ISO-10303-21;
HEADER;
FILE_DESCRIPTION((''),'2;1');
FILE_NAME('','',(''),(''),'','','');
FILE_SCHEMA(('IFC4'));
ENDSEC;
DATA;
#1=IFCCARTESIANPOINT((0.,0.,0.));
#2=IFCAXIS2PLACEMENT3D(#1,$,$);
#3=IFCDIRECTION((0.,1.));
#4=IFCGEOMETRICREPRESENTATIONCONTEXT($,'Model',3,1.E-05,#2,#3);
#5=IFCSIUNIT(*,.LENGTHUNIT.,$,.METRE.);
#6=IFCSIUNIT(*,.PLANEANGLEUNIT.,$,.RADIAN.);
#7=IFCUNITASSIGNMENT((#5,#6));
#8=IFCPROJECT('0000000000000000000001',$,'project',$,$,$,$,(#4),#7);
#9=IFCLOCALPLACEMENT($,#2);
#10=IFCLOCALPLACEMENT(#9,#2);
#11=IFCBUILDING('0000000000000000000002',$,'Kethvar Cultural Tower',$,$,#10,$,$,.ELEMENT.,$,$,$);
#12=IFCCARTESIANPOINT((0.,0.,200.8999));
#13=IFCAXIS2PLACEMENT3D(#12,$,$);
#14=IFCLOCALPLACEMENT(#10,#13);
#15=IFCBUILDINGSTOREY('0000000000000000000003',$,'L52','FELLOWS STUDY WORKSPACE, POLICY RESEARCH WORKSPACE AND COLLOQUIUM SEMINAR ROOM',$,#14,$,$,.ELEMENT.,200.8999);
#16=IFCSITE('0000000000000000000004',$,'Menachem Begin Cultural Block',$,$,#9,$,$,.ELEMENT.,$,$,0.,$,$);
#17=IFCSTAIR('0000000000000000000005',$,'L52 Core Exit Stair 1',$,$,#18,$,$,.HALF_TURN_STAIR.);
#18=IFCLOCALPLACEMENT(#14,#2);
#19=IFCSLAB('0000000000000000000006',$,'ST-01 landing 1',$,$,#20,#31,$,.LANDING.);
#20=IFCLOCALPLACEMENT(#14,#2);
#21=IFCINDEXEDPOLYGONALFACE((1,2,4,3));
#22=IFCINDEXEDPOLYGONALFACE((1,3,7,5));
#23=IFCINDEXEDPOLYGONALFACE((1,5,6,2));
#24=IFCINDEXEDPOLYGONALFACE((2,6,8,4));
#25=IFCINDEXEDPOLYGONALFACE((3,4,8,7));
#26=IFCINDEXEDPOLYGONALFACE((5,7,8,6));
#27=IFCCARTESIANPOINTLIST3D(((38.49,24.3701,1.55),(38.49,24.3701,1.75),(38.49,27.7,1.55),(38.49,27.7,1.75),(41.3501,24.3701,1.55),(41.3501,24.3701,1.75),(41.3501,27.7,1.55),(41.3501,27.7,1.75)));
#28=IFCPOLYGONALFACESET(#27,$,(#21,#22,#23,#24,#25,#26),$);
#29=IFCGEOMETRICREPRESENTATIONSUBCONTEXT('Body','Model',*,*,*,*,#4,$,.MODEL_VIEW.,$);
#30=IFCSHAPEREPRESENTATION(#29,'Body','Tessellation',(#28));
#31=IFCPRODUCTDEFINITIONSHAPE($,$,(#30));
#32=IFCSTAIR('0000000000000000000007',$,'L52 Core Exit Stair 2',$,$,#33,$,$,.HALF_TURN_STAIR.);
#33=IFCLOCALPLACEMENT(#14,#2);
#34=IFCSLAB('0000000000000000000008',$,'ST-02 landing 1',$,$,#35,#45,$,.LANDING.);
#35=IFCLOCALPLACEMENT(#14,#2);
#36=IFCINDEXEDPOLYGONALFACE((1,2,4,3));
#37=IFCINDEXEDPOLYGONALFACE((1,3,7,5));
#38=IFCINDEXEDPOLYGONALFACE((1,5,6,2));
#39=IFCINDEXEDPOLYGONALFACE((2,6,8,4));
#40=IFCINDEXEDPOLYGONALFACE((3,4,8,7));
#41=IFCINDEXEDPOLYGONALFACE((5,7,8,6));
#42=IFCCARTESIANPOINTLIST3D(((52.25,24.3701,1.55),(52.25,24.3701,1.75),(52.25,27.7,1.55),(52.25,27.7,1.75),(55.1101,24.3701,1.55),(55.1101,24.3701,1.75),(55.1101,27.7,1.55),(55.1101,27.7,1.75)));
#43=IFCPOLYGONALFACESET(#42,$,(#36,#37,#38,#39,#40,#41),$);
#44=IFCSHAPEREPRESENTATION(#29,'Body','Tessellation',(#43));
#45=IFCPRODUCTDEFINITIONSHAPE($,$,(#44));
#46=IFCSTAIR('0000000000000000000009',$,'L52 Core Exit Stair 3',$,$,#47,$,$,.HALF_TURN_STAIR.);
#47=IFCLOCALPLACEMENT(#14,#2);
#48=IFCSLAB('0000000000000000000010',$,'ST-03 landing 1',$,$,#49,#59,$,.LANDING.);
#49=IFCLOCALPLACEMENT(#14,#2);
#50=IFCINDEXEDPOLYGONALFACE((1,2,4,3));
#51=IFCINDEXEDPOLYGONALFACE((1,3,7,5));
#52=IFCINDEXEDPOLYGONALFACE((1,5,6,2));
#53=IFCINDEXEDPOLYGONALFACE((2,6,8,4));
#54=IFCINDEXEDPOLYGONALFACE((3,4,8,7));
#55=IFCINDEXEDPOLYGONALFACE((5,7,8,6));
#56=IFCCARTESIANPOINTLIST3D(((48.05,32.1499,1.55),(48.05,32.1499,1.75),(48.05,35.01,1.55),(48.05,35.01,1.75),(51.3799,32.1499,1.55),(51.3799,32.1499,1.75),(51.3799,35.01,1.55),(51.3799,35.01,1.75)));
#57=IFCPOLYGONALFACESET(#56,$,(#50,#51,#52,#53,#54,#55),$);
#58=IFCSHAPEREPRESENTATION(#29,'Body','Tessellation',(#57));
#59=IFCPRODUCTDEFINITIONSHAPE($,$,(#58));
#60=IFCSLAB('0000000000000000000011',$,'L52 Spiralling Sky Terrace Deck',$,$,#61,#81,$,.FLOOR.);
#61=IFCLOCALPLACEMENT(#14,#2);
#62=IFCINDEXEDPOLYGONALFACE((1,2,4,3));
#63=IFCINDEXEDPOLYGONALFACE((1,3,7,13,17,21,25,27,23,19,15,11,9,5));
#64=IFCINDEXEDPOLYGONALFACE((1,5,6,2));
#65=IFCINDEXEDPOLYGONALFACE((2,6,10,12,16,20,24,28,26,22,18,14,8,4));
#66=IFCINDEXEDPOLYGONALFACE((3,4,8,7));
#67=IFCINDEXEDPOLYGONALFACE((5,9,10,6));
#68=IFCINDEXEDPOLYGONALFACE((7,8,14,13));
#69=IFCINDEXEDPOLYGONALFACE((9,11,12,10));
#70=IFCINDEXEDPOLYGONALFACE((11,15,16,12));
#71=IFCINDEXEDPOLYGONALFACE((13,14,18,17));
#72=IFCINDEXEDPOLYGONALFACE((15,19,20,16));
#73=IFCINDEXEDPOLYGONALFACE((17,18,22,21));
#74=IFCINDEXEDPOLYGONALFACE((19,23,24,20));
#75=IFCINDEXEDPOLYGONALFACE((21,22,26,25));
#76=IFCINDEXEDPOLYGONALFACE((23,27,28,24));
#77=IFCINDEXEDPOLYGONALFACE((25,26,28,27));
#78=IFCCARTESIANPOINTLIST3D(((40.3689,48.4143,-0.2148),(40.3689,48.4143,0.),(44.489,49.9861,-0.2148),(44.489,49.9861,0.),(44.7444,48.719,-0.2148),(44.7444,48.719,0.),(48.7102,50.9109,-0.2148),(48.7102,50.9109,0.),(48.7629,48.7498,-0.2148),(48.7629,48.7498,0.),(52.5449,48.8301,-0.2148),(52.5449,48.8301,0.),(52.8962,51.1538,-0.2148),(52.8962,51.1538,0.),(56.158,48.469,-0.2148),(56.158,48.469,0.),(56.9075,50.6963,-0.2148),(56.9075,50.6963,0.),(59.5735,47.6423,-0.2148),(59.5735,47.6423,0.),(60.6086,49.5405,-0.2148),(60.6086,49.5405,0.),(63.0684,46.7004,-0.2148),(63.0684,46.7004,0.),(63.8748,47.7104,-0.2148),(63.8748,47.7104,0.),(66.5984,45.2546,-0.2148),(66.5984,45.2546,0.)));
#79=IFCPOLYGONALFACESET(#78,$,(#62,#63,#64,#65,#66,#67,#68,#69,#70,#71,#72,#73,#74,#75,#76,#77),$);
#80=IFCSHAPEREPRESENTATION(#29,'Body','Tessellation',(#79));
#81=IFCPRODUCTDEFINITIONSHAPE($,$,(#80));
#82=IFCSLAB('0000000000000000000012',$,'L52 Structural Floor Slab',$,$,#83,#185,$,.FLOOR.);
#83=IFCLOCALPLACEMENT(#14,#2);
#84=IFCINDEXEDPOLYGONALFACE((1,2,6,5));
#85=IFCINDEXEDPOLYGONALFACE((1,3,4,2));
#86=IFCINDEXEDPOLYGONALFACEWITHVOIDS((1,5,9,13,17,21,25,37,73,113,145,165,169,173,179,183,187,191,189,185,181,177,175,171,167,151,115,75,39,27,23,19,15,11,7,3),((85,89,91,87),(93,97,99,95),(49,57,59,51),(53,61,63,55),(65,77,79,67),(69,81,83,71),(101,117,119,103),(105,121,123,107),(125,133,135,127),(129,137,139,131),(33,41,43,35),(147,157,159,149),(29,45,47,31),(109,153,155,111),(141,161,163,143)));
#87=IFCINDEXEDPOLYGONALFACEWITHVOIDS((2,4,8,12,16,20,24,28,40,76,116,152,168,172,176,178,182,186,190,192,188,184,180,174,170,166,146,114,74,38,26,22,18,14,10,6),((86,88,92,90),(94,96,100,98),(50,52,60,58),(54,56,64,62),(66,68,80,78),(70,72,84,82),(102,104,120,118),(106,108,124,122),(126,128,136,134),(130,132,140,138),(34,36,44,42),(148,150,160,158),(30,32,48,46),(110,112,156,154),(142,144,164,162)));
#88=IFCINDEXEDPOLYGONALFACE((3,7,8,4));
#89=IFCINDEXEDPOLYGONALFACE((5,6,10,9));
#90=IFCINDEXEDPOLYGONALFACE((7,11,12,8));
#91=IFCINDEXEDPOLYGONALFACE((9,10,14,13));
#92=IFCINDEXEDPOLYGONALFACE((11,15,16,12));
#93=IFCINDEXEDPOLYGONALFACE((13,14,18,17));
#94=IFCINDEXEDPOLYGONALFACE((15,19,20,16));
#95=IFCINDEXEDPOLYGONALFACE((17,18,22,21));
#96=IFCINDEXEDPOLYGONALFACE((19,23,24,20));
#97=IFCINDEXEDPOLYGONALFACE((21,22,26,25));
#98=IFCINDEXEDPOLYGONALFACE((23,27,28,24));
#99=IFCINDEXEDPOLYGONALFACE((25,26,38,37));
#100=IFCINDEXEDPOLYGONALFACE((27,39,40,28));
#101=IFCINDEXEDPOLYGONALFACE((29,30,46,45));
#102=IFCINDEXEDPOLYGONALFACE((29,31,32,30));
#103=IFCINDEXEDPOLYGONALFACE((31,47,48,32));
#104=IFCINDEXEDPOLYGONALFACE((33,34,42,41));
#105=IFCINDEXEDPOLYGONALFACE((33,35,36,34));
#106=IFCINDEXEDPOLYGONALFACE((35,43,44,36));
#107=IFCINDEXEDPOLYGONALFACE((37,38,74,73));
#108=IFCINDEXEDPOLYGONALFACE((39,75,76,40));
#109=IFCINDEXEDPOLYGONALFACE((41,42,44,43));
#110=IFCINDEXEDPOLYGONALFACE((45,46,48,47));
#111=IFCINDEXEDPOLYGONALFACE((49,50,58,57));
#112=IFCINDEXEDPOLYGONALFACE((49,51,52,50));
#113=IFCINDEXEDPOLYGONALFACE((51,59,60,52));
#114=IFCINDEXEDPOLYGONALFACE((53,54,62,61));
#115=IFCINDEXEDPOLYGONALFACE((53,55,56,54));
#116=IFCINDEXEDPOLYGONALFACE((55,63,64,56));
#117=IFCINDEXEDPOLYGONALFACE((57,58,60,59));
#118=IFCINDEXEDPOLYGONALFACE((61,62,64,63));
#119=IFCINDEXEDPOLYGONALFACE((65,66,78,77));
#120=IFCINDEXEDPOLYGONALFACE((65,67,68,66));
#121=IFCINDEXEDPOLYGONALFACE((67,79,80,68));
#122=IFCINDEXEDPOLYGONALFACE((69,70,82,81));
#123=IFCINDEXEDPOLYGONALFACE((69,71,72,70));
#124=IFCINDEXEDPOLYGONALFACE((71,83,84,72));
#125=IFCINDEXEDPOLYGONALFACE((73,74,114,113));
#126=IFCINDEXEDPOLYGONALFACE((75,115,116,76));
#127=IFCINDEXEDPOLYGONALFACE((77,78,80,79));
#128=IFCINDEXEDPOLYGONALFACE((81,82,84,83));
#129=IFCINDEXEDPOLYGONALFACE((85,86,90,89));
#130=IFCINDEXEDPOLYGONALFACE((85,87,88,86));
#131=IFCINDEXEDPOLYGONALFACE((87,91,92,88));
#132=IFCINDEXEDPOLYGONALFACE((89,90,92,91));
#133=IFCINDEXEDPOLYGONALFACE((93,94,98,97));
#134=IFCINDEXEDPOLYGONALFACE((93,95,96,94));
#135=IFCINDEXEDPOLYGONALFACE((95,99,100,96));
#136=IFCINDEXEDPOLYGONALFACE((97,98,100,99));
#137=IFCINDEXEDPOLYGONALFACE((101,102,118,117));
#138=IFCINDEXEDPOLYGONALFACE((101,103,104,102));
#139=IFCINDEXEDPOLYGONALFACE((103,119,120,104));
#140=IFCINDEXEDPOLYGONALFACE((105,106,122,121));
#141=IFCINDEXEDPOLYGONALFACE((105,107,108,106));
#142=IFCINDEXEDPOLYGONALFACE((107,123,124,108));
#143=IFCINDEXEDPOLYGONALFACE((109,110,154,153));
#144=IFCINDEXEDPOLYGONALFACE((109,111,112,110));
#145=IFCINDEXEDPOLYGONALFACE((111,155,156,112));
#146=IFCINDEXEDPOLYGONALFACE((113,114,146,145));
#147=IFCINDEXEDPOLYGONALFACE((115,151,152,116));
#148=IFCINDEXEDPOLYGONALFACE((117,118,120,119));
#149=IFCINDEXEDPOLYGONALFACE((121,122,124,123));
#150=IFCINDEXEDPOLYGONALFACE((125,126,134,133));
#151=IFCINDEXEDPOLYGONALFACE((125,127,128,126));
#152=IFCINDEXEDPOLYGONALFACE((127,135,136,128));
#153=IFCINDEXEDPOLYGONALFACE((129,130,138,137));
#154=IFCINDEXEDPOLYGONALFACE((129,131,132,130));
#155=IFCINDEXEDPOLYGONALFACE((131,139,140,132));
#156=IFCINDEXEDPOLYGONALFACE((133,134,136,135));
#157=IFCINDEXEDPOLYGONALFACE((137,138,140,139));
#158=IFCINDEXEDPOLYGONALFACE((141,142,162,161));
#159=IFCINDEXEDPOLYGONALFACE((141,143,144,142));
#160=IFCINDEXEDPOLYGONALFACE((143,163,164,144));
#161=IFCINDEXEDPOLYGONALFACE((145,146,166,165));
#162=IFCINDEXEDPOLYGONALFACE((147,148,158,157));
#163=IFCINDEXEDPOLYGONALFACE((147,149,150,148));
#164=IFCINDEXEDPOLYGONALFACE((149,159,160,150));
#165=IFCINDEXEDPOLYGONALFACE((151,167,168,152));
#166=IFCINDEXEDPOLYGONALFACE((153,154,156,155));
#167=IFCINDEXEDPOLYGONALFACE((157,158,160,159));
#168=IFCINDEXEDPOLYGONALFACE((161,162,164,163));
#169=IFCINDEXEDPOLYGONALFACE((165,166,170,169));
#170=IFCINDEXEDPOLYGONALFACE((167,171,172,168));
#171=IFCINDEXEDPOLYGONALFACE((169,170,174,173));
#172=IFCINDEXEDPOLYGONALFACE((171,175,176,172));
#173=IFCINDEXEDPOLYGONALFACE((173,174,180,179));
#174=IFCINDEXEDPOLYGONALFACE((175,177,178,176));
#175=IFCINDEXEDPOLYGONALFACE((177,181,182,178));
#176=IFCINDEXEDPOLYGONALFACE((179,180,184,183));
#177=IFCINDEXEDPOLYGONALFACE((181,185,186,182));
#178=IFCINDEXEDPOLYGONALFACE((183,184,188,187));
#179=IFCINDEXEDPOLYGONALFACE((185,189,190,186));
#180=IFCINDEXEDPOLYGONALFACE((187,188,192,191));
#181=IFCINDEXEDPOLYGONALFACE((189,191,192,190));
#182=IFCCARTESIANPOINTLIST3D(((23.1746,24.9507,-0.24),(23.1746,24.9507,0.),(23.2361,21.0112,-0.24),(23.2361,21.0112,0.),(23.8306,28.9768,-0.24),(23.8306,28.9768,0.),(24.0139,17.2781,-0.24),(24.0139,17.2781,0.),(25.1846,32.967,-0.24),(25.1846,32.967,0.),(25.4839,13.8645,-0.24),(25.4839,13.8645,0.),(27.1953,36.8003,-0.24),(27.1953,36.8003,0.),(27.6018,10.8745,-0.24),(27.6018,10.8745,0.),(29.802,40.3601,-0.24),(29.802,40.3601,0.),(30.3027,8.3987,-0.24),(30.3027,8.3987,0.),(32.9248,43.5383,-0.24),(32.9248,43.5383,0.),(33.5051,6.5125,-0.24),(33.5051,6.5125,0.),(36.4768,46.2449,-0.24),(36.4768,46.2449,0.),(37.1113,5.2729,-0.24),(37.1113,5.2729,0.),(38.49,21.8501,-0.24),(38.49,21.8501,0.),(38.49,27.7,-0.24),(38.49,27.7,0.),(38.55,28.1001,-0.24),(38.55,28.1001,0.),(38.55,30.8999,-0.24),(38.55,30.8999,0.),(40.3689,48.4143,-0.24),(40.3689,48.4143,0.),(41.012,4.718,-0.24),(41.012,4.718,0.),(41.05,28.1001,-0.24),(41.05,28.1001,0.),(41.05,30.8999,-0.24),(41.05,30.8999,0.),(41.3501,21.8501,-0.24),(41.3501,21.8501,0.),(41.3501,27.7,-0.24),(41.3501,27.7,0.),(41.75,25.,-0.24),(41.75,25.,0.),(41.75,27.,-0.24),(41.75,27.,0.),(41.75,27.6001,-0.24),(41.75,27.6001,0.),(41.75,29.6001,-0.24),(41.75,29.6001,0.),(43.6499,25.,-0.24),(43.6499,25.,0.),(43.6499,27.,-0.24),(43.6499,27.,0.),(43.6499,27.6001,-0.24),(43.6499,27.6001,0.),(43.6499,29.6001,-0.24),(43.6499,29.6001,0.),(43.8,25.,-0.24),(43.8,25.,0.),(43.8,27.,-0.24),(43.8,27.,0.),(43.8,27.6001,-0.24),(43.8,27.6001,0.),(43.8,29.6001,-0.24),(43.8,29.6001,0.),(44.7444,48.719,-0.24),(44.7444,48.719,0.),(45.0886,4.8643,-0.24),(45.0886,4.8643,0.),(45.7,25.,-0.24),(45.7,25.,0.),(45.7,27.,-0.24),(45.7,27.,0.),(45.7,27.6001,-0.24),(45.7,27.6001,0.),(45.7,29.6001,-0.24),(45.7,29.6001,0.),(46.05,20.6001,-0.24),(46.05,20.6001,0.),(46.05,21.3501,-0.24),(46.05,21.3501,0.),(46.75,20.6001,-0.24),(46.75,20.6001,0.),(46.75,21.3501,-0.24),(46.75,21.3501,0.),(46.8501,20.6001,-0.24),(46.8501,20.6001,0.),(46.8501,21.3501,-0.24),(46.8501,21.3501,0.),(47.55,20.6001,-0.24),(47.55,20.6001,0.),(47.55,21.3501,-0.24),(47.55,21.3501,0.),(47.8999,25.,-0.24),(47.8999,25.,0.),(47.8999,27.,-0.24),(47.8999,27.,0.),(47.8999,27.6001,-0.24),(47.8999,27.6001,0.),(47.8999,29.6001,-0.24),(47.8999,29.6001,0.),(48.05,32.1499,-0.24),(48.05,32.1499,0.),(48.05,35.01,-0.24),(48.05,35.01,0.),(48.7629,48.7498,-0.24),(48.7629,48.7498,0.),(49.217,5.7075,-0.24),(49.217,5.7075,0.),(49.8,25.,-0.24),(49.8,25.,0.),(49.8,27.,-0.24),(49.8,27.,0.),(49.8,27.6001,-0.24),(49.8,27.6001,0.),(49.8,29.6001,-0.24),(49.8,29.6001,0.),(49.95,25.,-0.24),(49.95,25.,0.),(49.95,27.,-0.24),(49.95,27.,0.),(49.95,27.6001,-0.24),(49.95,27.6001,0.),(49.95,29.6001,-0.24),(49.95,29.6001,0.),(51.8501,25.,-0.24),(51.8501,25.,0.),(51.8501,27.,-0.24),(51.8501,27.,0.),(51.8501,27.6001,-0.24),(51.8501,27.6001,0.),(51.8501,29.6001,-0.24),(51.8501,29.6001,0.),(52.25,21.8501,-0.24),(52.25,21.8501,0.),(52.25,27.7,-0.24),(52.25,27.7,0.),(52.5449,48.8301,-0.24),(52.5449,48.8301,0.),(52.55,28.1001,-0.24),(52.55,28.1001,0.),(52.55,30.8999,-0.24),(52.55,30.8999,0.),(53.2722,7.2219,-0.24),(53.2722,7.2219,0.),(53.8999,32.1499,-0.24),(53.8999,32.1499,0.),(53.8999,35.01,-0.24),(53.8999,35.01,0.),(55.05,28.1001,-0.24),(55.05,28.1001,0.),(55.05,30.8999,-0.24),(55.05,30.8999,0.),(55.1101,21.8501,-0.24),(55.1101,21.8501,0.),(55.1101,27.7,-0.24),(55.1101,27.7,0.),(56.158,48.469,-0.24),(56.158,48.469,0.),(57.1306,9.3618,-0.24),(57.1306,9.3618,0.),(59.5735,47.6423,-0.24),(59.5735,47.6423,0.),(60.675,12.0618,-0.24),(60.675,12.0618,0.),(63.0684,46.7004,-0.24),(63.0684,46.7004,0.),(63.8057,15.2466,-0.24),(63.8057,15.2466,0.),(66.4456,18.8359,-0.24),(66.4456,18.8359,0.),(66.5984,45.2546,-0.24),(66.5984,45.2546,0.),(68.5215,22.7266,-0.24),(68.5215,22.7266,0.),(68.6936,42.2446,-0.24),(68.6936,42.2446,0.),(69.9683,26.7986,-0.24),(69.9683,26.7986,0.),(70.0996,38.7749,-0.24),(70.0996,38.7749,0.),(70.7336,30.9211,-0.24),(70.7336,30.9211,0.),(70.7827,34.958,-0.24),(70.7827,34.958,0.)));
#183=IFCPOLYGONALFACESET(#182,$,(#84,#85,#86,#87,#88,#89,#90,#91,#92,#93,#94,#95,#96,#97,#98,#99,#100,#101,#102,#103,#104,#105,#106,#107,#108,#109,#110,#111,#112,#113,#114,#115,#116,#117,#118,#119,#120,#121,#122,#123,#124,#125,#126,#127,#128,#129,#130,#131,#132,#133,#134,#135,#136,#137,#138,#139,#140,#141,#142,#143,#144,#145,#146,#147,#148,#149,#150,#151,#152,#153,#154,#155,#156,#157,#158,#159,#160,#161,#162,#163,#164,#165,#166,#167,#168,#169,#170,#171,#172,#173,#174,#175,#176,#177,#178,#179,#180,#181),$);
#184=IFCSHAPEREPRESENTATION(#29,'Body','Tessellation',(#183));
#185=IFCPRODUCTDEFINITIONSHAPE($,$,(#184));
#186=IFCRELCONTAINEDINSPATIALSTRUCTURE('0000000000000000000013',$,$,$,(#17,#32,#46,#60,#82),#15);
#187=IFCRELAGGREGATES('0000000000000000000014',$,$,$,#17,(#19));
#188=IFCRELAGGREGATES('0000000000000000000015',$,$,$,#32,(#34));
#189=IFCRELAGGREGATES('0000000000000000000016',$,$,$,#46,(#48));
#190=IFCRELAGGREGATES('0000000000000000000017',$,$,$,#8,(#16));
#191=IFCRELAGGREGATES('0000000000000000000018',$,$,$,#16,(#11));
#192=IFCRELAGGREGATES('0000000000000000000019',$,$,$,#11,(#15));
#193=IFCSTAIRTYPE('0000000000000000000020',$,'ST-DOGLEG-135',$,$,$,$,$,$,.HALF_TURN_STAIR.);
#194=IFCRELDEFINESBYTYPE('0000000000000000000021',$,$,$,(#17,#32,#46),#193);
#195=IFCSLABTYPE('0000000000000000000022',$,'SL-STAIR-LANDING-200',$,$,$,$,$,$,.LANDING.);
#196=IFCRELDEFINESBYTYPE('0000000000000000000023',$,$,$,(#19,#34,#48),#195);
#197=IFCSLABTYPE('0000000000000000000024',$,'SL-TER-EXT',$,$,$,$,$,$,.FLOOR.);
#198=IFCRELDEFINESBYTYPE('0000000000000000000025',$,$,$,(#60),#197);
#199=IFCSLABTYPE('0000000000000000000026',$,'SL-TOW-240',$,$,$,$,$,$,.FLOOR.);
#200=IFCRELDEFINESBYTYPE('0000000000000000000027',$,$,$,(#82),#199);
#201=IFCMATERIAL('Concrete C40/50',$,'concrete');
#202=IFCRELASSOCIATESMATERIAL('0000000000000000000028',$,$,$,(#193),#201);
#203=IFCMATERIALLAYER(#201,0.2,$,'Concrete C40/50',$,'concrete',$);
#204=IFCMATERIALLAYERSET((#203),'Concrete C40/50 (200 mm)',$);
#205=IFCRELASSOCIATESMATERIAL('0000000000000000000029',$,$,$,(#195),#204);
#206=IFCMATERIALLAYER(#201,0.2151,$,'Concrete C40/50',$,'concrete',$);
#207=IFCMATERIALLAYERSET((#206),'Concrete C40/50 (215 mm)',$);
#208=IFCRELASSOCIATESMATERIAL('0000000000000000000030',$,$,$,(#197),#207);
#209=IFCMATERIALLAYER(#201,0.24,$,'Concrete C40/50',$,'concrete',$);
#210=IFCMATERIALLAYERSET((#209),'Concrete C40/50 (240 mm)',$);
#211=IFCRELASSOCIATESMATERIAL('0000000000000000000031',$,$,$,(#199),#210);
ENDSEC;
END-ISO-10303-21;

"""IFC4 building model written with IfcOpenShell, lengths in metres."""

from ifc_helpers import new_model, si_unit, direction, frame, origin, place, context, subcontext, project, spatial, polyline, outline, extrude, material, layer, layer_set, type_object, element, aggregate, save


model = new_model("IFC4")

# Units and contexts
model_context = context("Model", 3, precision=1e-05, world=origin(), true_north=direction((0.0, 1.0)))
body_context = subcontext(model_context, "Body", "Model", "MODEL_VIEW")
ifc_project = project(units=[si_unit("LENGTHUNIT", "METRE"), si_unit("PLANEANGLEUNIT", "RADIAN")], contexts=[model_context])

# Site, building, storey
site_placement = place(None, origin())
site = spatial("IfcSite", under=ifc_project, at=site_placement, Name="Menachem Begin Cultural Block", CompositionType="ELEMENT", RefElevation=0.0)
building_placement = place(site_placement, origin())
building = spatial("IfcBuilding", under=site, at=building_placement, Name="Kethvar Cultural Tower", CompositionType="ELEMENT")
storey_placement = place(building_placement, frame((0.0, 0.0, 200.8999)))
storey = spatial("IfcBuildingStorey", under=building, at=storey_placement, Name="L52", Description="FELLOWS STUDY WORKSPACE, POLICY RESEARCH WORKSPACE AND COLLOQUIUM SEMINAR ROOM", CompositionType="ELEMENT", Elevation=200.8999)

# Stairs, slabs
ifc_material_1 = material(Name="Concrete C40/50", Category="concrete")
stair_type = type_object("IfcStairType", Name="ST-DOGLEG-135", PredefinedType="HALF_TURN_STAIR", material=ifc_material_1)
stair_1_placement = place(storey_placement, origin())
stair_1 = element("IfcStair", 1, at=stair_1_placement, inside=storey, type_object=stair_type, Name="L52 Core Exit Stair 1", PredefinedType="HALF_TURN_STAIR")
ifc_layer_1 = layer(ifc_material_1, 0.2, Name="Concrete C40/50", Category="concrete")
ifc_layer_set_1 = layer_set([ifc_layer_1], Name="Concrete C40/50 (200 mm)")
slab_type_1 = type_object("IfcSlabType", Name="SL-STAIR-LANDING-200", PredefinedType="LANDING", material=ifc_layer_set_1)
slab_1_placement = place(storey_placement, frame((0.0, 0.0, 1.55)))
slab_1 = element("IfcSlab", 2, at=slab_1_placement, type_object=slab_type_1, Name="ST-01 landing 1", PredefinedType="LANDING", context=body_context, shape_type="SweptSolid", body=[
    extrude(outline(polyline([(41.3501, 24.3701), (41.3501, 27.7), (38.49, 27.7), (38.49, 24.3701), (41.3501, 24.3701)])), origin(), (0.0, 0.0, 1.0), 0.2),
])
aggregate(stair_1, [slab_1])
stair_2_placement = place(storey_placement, origin())
stair_2 = element("IfcStair", 3, at=stair_2_placement, inside=storey, type_object=stair_type, Name="L52 Core Exit Stair 2", PredefinedType="HALF_TURN_STAIR")
slab_2_placement = place(storey_placement, frame((0.0, 0.0, 1.55)))
slab_2 = element("IfcSlab", 4, at=slab_2_placement, type_object=slab_type_1, Name="ST-02 landing 1", PredefinedType="LANDING", context=body_context, shape_type="SweptSolid", body=[
    extrude(outline(polyline([(55.1101, 24.3701), (55.1101, 27.7), (52.25, 27.7), (52.25, 24.3701), (55.1101, 24.3701)])), origin(), (0.0, 0.0, 1.0), 0.2),
])
aggregate(stair_2, [slab_2])
stair_3_placement = place(storey_placement, origin())
stair_3 = element("IfcStair", 5, at=stair_3_placement, inside=storey, type_object=stair_type, Name="L52 Core Exit Stair 3", PredefinedType="HALF_TURN_STAIR")
slab_3_placement = place(storey_placement, frame((0.0, 0.0, 1.55)))
slab_3 = element("IfcSlab", 6, at=slab_3_placement, type_object=slab_type_1, Name="ST-03 landing 1", PredefinedType="LANDING", context=body_context, shape_type="SweptSolid", body=[
    extrude(outline(polyline([(51.3799, 35.01), (48.05, 35.01), (48.05, 32.1499), (51.3799, 32.1499), (51.3799, 35.01)])), origin(), (0.0, 0.0, 1.0), 0.2),
])
aggregate(stair_3, [slab_3])

# Slabs
ifc_layer_2 = layer(ifc_material_1, 0.2151, Name="Concrete C40/50", Category="concrete")
ifc_layer_set_2 = layer_set([ifc_layer_2], Name="Concrete C40/50 (215 mm)")
slab_type_2 = type_object("IfcSlabType", Name="SL-TER-EXT", PredefinedType="FLOOR", material=ifc_layer_set_2)
slab_4_placement = place(storey_placement, frame((0.0, 0.0, -0.2148)))
element("IfcSlab", 7, at=slab_4_placement, inside=storey, type_object=slab_type_2, Name="L52 Spiralling Sky Terrace Deck", PredefinedType="FLOOR", context=body_context, shape_type="SweptSolid", body=[
    extrude(outline(polyline([(66.5984, 45.2546), (63.8748, 47.7104), (60.6086, 49.5405), (56.9075, 50.6963), (52.8962, 51.1538), (48.7102, 50.9109), (44.489, 49.9861), (40.3689, 48.4143), (44.7444, 48.719), (48.7629, 48.7498), (52.5449, 48.8301), (56.158, 48.469), (59.5735, 47.6423), (63.0684, 46.7004), (66.5984, 45.2546)])), origin(), (0.0, 0.0, 1.0), 0.2148),
])
ifc_layer_3 = layer(ifc_material_1, 0.24, Name="Concrete C40/50", Category="concrete")
ifc_layer_set_3 = layer_set([ifc_layer_3], Name="Concrete C40/50 (240 mm)")
slab_type_3 = type_object("IfcSlabType", Name="SL-TOW-240", PredefinedType="FLOOR", material=ifc_layer_set_3)
slab_5_placement = place(storey_placement, frame((0.0, 0.0, -0.24)))
element("IfcSlab", 8, at=slab_5_placement, inside=storey, type_object=slab_type_3, Name="L52 Structural Floor Slab", PredefinedType="FLOOR", context=body_context, shape_type="SweptSolid", body=[
    extrude(outline(polyline([(66.5984, 45.2546), (63.0684, 46.7004), (59.5735, 47.6423), (56.158, 48.469), (52.5449, 48.8301), (48.7629, 48.7498), (44.7444, 48.719), (40.3689, 48.4143), (36.4768, 46.2449), (32.9248, 43.5383), (29.802, 40.3601), (27.1953, 36.8003), (25.1846, 32.967), (23.8306, 28.9768), (23.1746, 24.9507), (23.2361, 21.0112), (24.0139, 17.2781), (25.4839, 13.8645), (27.6018, 10.8745), (30.3027, 8.3987), (33.5051, 6.5125), (37.1113, 5.2729), (41.012, 4.718), (45.0886, 4.8643), (49.217, 5.7075), (53.2722, 7.2219), (57.1306, 9.3618), (60.675, 12.0618), (63.8057, 15.2466), (66.4456, 18.8359), (68.5215, 22.7266), (69.9683, 26.7986), (70.7336, 30.9211), (70.7827, 34.958), (70.0996, 38.7749), (68.6936, 42.2446), (66.5984, 45.2546)]), holes=[polyline([(38.49, 21.8501), (38.49, 27.7), (41.3501, 27.7), (41.3501, 21.8501), (38.49, 21.8501)]), polyline([(52.25, 21.8501), (52.25, 27.7), (55.1101, 27.7), (55.1101, 21.8501), (52.25, 21.8501)]), polyline([(53.8999, 32.1499), (48.05, 32.1499), (48.05, 35.01), (53.8999, 35.01), (53.8999, 32.1499)]), polyline([(41.75, 27.0), (43.6499, 27.0), (43.6499, 25.0), (41.75, 25.0), (41.75, 27.0)]), polyline([(43.8, 27.0), (45.7, 27.0), (45.7, 25.0), (43.8, 25.0), (43.8, 27.0)]), polyline([(47.8999, 27.0), (49.8, 27.0), (49.8, 25.0), (47.8999, 25.0), (47.8999, 27.0)]), polyline([(49.95, 27.0), (51.8501, 27.0), (51.8501, 25.0), (49.95, 25.0), (49.95, 27.0)]), polyline([(41.75, 29.6001), (43.6499, 29.6001), (43.6499, 27.6001), (41.75, 27.6001), (41.75, 29.6001)]), polyline([(43.8, 29.6001), (45.7, 29.6001), (45.7, 27.6001), (43.8, 27.6001), (43.8, 29.6001)]), polyline([(47.8999, 29.6001), (49.8, 29.6001), (49.8, 27.6001), (47.8999, 27.6001), (47.8999, 29.6001)]), polyline([(49.95, 29.6001), (51.8501, 29.6001), (51.8501, 27.6001), (49.95, 27.6001), (49.95, 29.6001)]), polyline([(38.55, 30.8999), (41.05, 30.8999), (41.05, 28.1001), (38.55, 28.1001), (38.55, 30.8999)]), polyline([(52.55, 30.8999), (55.05, 30.8999), (55.05, 28.1001), (52.55, 28.1001), (52.55, 30.8999)]), polyline([(46.05, 21.3501), (46.75, 21.3501), (46.75, 20.6001), (46.05, 20.6001), (46.05, 21.3501)]), polyline([(46.8501, 21.3501), (47.55, 21.3501), (47.55, 20.6001), (46.8501, 20.6001), (46.8501, 21.3501)])]), origin(), (0.0, 0.0, 1.0), 0.24),
])

save(model, "model.ifc")
